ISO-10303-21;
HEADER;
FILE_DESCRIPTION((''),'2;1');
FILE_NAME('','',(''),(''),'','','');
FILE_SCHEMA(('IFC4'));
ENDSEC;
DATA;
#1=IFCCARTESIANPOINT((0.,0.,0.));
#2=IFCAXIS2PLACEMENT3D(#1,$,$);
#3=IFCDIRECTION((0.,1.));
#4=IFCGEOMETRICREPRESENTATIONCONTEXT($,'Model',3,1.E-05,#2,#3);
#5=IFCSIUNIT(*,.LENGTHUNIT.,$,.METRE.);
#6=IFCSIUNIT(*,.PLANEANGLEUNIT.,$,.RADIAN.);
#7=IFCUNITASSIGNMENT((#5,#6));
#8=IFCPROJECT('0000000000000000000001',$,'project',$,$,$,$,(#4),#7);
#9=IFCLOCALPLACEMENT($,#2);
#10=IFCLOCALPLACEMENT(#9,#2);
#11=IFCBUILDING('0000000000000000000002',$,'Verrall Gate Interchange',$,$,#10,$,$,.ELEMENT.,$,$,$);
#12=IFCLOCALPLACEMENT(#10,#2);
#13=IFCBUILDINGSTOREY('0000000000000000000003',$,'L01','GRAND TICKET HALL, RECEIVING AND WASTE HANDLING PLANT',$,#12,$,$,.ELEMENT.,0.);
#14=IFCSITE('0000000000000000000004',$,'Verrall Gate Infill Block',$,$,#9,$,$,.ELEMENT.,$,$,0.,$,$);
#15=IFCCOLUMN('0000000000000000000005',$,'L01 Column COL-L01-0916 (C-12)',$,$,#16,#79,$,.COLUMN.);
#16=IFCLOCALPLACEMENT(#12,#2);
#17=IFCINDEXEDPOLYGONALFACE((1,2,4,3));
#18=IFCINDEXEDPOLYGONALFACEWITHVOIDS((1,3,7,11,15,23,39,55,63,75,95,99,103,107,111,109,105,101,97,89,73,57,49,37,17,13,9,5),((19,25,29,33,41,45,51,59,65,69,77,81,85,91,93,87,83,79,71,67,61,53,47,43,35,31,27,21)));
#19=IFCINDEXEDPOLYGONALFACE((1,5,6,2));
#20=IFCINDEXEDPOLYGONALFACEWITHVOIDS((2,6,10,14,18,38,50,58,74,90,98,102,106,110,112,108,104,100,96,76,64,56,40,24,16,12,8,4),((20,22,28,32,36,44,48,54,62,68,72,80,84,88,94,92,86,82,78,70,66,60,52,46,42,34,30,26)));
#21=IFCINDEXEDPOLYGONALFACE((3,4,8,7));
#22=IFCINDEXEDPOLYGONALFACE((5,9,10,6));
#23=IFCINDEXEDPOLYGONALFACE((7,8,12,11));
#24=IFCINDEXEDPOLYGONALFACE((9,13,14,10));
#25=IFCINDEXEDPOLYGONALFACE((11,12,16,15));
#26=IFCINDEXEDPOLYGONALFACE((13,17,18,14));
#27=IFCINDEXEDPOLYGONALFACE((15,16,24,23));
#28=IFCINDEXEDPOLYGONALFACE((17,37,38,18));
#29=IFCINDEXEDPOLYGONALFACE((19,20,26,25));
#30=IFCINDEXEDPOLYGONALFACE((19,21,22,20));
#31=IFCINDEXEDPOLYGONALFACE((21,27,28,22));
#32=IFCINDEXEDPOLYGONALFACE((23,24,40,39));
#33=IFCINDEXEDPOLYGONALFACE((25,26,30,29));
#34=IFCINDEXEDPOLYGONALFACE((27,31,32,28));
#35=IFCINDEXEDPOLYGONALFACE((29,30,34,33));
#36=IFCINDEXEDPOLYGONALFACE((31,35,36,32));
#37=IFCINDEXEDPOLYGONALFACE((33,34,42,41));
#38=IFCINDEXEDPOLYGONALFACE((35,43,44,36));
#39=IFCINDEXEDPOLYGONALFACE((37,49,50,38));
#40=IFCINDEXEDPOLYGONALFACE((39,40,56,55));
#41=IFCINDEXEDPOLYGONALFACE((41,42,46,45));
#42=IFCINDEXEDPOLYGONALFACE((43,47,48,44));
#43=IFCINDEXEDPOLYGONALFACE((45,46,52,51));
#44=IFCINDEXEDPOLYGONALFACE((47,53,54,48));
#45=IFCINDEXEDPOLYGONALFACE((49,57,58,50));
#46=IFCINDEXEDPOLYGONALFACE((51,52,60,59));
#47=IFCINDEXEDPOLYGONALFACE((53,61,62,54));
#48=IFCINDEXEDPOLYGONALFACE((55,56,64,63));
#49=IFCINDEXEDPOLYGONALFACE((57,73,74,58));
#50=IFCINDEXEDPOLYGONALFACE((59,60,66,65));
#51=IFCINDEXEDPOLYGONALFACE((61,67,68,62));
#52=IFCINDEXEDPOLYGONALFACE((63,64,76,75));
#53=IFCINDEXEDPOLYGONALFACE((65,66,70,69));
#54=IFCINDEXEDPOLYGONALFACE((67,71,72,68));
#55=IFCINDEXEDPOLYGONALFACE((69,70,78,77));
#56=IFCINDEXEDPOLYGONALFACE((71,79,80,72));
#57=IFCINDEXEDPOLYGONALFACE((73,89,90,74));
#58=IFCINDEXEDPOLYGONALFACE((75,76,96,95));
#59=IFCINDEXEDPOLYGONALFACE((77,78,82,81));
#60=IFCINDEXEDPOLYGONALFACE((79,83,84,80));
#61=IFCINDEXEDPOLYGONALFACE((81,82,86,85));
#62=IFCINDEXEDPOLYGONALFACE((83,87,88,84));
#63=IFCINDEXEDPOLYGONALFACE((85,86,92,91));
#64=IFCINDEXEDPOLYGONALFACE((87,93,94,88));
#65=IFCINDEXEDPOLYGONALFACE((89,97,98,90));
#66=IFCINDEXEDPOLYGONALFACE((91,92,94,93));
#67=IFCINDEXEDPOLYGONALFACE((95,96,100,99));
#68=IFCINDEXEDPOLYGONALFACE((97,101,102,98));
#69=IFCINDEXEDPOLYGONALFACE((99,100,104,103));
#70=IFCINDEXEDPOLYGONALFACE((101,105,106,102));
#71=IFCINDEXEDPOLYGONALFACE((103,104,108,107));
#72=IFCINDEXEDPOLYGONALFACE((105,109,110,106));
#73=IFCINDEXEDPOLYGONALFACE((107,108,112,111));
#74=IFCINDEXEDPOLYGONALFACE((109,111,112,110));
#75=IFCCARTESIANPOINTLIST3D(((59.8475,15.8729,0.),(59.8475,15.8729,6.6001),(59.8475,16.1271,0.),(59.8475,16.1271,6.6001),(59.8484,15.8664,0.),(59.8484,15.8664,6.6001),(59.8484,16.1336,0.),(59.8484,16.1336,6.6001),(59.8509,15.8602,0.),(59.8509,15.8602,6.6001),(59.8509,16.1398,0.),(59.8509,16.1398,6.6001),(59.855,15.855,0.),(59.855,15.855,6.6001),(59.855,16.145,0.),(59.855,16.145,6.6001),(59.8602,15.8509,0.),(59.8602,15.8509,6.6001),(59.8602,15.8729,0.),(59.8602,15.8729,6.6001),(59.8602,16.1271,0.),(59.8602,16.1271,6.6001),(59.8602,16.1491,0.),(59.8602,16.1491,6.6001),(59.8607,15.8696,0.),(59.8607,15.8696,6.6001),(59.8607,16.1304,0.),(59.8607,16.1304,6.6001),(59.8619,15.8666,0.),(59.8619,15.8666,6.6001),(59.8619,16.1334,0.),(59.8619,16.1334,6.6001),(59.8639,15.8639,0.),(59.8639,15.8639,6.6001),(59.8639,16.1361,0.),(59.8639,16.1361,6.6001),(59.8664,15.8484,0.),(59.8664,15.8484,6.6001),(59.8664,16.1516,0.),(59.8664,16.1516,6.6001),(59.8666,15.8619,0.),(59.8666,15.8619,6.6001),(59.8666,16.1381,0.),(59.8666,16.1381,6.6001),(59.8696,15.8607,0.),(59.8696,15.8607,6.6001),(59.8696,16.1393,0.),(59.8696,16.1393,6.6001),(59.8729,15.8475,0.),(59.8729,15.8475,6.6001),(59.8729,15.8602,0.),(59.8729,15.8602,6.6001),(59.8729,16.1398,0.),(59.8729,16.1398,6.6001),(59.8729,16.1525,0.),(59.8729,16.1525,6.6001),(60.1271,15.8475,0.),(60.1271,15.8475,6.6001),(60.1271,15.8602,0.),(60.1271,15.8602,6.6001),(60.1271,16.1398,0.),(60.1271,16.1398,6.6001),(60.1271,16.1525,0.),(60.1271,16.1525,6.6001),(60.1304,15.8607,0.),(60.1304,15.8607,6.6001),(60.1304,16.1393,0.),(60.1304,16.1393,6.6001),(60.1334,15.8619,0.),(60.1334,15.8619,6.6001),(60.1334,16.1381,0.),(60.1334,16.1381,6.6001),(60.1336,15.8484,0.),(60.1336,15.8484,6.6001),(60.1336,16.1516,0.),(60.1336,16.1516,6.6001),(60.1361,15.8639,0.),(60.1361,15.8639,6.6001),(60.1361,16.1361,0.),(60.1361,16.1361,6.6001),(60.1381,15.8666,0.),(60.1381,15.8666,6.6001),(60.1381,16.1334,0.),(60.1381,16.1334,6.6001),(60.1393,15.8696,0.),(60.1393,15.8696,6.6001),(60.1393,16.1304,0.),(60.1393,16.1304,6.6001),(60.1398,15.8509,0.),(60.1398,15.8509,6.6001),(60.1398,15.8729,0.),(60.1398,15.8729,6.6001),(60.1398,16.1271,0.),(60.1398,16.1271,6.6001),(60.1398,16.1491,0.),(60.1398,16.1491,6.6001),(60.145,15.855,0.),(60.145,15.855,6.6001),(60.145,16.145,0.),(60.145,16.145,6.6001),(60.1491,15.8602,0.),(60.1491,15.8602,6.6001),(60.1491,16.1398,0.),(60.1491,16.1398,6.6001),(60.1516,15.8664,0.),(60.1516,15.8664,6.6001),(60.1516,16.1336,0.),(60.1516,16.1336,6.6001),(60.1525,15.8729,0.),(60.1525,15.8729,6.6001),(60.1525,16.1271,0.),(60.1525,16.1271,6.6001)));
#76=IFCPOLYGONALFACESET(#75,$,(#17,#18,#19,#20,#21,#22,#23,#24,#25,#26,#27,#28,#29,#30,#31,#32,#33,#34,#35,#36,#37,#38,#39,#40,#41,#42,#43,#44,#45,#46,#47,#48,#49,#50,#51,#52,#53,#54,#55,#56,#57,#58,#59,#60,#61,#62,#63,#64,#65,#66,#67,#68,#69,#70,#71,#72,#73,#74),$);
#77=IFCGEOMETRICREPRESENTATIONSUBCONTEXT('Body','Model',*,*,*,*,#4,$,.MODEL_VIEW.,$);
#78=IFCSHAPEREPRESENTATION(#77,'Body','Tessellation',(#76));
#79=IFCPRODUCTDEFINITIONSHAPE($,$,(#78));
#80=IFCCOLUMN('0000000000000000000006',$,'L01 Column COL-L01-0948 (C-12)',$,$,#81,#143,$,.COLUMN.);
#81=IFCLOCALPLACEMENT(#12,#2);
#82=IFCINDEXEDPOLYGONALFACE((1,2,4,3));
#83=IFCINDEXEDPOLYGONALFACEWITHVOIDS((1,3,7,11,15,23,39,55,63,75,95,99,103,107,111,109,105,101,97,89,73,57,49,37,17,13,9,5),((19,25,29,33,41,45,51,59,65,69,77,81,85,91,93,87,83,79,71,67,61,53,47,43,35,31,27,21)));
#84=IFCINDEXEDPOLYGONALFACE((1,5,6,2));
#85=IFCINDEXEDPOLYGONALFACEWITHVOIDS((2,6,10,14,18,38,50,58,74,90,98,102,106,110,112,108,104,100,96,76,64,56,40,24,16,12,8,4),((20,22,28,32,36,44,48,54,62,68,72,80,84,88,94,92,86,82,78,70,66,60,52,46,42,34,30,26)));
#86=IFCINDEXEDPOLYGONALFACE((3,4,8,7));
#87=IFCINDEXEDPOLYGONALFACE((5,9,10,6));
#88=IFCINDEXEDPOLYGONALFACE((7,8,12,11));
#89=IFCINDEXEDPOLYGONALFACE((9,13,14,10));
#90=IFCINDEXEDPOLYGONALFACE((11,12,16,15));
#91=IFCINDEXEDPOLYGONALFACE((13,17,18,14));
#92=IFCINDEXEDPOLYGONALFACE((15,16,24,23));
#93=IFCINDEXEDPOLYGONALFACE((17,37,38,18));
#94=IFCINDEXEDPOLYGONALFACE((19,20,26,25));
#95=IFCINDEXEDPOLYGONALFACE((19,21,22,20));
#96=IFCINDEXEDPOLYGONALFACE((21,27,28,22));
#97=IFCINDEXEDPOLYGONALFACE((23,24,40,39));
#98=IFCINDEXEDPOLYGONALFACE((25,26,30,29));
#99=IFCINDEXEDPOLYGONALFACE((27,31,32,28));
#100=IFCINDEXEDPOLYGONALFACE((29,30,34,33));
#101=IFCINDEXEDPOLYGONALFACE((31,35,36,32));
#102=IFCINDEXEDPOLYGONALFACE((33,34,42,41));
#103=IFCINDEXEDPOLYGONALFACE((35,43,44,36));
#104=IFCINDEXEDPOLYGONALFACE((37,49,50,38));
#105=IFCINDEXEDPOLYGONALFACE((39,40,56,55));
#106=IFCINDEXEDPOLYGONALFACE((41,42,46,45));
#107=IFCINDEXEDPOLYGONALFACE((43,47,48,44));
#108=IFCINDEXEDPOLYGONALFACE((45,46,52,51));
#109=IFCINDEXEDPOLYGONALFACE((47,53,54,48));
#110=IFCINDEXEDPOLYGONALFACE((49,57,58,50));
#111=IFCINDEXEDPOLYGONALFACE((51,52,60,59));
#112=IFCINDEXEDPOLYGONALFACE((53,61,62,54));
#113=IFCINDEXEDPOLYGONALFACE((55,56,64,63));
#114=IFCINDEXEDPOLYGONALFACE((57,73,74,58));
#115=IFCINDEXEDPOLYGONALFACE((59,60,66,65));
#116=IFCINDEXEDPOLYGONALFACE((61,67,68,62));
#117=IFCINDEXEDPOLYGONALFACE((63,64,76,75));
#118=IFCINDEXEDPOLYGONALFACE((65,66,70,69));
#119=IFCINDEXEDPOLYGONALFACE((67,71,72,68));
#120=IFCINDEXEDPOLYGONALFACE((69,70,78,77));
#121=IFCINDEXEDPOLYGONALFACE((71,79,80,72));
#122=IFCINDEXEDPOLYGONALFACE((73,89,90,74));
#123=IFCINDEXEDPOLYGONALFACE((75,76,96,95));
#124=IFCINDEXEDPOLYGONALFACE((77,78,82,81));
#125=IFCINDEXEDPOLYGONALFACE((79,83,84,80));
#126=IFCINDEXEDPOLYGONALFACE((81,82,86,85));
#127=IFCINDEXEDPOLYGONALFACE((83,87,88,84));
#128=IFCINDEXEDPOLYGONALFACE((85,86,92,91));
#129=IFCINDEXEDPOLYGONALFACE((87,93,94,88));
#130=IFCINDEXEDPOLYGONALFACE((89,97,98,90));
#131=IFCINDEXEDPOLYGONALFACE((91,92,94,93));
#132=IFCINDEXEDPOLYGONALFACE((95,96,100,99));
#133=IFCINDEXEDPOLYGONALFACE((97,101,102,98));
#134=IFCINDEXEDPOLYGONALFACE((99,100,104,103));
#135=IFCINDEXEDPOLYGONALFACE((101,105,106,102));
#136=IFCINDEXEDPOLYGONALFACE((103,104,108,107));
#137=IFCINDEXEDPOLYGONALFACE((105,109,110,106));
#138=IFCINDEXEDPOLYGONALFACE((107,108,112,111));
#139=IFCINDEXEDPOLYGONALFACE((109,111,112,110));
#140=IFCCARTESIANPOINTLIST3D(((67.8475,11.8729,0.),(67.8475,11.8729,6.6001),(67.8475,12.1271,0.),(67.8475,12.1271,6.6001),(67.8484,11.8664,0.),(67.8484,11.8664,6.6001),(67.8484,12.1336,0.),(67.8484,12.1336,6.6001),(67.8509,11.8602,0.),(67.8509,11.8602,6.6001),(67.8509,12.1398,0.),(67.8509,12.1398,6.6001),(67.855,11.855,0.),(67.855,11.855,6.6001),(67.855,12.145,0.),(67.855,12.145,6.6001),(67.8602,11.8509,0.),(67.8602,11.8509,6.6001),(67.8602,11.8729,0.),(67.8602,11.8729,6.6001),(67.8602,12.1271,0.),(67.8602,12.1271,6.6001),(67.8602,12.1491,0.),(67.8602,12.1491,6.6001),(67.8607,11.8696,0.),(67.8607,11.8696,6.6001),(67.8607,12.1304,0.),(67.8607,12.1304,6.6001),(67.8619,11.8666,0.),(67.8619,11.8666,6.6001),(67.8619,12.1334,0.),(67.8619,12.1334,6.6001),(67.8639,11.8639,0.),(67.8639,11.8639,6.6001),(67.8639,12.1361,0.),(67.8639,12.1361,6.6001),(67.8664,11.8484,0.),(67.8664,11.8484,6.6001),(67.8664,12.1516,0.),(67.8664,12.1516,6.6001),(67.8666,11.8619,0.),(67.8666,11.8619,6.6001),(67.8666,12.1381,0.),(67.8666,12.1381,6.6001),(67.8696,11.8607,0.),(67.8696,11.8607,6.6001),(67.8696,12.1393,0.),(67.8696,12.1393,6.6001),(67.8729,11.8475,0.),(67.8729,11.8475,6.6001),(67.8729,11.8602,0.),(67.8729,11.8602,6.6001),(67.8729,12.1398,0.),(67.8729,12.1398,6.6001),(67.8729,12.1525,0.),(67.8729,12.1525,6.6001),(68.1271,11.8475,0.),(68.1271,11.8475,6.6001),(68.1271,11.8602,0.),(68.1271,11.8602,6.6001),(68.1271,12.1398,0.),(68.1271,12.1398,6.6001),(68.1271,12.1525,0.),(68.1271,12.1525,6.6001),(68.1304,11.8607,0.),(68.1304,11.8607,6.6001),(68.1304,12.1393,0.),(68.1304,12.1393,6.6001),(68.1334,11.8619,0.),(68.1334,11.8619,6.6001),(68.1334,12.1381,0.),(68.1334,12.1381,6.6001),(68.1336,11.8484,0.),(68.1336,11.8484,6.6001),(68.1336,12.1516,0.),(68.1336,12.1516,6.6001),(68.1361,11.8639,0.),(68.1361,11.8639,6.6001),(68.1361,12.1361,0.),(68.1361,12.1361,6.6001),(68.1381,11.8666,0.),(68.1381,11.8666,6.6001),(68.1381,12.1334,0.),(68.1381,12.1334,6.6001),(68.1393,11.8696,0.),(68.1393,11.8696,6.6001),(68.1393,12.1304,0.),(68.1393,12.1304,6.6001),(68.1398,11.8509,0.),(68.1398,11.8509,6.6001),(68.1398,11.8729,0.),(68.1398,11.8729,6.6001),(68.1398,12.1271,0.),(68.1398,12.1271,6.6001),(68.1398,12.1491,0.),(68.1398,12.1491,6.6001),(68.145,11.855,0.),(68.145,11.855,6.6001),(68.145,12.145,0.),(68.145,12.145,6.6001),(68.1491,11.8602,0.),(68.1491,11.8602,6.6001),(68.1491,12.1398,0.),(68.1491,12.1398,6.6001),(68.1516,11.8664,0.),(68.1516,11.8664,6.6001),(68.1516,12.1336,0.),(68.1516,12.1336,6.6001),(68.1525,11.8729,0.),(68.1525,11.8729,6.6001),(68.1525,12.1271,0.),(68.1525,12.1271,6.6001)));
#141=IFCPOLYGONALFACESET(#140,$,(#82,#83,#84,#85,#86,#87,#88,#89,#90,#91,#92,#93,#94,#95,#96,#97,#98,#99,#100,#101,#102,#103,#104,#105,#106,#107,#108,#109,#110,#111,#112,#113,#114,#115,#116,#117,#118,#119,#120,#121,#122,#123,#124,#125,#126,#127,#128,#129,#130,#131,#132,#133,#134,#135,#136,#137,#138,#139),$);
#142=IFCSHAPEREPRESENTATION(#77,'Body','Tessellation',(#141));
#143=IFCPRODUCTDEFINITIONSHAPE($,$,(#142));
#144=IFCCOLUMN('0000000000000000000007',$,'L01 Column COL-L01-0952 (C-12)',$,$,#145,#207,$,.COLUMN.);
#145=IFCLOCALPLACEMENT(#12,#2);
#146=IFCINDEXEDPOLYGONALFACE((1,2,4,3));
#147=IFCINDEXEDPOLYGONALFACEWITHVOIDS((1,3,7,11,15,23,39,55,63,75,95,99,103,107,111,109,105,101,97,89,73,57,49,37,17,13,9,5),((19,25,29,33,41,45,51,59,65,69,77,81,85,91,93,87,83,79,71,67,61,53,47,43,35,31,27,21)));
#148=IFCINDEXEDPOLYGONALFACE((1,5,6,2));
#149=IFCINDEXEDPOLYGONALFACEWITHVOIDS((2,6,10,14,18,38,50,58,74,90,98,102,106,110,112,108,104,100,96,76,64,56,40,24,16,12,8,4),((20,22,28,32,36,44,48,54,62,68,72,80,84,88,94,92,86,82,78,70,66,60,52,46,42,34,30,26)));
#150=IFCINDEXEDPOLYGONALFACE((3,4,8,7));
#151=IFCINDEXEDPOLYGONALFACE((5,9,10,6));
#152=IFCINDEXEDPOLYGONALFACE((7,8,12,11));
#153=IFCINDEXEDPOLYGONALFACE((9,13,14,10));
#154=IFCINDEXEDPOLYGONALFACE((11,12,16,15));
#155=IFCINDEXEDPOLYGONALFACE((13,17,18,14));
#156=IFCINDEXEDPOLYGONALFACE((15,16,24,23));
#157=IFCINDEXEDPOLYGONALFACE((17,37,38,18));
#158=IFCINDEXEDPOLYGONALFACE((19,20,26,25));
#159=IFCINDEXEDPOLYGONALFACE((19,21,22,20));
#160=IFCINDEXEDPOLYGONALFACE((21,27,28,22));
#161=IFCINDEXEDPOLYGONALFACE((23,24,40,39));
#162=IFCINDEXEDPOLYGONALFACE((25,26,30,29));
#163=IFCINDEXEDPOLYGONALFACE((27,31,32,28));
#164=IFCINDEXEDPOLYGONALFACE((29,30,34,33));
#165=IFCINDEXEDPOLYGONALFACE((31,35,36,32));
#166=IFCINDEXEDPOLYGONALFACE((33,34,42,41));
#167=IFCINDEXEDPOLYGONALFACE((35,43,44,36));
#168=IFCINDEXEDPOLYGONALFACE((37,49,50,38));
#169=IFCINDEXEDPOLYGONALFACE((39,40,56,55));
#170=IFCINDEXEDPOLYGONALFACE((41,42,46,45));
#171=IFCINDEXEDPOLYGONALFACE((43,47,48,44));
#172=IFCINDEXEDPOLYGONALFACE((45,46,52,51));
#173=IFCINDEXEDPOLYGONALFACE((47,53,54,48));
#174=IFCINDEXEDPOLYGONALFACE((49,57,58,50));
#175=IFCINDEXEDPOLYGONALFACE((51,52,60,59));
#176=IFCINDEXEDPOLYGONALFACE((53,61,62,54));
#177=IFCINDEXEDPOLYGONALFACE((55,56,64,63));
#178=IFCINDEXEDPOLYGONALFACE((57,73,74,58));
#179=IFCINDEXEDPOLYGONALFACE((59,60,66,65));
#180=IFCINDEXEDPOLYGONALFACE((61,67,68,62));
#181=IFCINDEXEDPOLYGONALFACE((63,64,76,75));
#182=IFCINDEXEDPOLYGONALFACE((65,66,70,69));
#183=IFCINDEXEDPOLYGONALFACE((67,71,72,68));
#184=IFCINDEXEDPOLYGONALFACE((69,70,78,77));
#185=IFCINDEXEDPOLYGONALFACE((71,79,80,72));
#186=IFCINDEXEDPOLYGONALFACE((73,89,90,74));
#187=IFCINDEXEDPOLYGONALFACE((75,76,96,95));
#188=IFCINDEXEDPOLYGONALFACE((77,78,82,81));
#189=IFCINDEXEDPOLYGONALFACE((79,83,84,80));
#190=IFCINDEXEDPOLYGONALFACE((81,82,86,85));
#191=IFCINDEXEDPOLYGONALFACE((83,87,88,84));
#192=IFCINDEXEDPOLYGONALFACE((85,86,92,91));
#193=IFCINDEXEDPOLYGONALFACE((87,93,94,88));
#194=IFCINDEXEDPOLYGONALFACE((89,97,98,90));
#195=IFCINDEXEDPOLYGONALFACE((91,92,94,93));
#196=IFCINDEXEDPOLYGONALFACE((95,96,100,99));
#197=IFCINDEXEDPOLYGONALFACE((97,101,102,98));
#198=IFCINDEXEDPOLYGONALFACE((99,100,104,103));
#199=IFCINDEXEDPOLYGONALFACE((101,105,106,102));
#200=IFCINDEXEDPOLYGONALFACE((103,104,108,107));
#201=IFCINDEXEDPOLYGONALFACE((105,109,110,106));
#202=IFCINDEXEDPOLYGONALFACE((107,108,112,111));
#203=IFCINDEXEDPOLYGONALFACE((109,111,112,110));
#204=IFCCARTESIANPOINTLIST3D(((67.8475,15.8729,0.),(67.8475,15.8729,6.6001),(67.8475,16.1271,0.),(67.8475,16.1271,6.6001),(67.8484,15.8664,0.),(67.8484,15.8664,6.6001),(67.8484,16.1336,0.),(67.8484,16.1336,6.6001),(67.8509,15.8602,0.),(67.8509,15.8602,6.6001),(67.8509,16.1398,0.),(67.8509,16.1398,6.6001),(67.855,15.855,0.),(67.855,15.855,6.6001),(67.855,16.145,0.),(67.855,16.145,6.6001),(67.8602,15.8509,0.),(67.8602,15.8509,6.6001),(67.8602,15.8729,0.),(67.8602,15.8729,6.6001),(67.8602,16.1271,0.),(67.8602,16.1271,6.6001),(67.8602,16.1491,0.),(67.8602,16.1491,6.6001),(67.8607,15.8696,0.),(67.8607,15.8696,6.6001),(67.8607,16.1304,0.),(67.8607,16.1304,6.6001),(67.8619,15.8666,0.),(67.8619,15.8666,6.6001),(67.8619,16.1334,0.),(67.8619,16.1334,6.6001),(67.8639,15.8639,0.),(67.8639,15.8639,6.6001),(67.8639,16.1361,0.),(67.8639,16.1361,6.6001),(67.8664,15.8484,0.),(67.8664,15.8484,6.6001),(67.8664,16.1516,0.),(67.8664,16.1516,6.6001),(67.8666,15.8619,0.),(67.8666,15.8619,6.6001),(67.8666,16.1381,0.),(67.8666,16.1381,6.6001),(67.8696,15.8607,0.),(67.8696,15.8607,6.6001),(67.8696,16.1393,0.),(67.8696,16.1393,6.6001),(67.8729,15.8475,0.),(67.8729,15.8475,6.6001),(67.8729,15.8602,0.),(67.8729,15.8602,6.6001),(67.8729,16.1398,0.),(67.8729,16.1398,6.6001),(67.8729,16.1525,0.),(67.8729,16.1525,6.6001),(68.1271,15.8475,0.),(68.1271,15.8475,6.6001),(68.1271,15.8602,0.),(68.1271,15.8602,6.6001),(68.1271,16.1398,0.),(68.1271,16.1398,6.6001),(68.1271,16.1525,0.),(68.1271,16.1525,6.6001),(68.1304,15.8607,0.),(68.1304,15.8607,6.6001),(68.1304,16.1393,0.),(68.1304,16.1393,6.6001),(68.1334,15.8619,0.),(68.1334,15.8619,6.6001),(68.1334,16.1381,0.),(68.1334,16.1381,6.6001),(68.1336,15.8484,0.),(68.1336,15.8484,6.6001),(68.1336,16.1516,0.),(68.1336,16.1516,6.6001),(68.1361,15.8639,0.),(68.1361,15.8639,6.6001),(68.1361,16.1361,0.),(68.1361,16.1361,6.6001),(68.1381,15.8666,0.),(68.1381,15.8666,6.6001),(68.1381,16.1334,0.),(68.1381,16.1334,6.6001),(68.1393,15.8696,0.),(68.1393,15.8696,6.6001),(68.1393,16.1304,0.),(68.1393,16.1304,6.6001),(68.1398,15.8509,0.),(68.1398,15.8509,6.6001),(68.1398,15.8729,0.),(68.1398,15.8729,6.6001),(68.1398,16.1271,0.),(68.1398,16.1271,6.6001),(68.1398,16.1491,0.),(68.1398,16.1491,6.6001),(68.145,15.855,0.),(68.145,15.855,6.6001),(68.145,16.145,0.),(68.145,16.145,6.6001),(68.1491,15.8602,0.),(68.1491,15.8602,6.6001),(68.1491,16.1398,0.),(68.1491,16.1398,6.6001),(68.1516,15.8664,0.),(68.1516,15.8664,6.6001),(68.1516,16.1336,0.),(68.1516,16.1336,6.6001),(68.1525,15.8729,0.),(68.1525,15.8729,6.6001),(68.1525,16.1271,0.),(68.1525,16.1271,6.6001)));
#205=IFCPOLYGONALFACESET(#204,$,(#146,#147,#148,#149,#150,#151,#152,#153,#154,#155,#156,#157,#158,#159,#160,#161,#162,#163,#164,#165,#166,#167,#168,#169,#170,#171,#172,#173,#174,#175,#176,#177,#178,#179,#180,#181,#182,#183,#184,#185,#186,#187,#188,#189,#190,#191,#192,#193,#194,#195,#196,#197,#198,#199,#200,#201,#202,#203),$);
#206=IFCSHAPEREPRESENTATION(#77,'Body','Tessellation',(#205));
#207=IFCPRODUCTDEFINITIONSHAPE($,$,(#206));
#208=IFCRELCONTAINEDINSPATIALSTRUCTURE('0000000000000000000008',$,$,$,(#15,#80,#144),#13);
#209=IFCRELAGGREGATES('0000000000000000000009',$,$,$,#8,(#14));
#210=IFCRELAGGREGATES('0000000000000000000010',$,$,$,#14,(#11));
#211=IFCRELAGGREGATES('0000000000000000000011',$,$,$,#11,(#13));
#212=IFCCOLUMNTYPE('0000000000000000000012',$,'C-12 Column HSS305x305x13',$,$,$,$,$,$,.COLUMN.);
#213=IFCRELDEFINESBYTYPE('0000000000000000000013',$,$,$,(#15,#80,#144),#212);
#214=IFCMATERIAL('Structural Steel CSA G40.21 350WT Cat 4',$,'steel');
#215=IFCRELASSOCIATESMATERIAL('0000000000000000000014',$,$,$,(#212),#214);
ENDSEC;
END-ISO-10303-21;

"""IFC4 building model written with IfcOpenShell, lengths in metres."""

from ifc_helpers import new_model, si_unit, direction, frame, origin, origin_2d, place, context, subcontext, project, spatial, hollow_rectangle, extrude, material, material_profile, profile_set, type_object, element, save


model = new_model("IFC4")

# Units and contexts
model_context = context("Model", 3, precision=1e-05, world=origin(), true_north=direction((0.0, 1.0)))
body_context = subcontext(model_context, "Body", "Model", "MODEL_VIEW")
ifc_project = project(units=[si_unit("LENGTHUNIT", "METRE"), si_unit("PLANEANGLEUNIT", "RADIAN")], contexts=[model_context])

# Site, building, storey
site_placement = place(None, origin())
site = spatial("IfcSite", under=ifc_project, at=site_placement, Name="Verrall Gate Infill Block", CompositionType="ELEMENT", RefElevation=0.0)
building_placement = place(site_placement, origin())
building = spatial("IfcBuilding", under=site, at=building_placement, Name="Verrall Gate Interchange", CompositionType="ELEMENT")
storey_placement = place(building_placement, origin())
storey = spatial("IfcBuildingStorey", under=building, at=storey_placement, Name="L01", Description="GRAND TICKET HALL, RECEIVING AND WASTE HANDLING PLANT", CompositionType="ELEMENT", Elevation=0.0)

# Columns
ifc_material_1 = material(Name="Structural Steel CSA G40.21 350WT Cat 4", Category="steel")
ifc_material_profile_1 = material_profile(ifc_material_1, hollow_rectangle(XDim=0.3049, YDim=0.3049, WallThickness=0.0127, InnerFilletRadius=0.0127, OuterFilletRadius=0.0254, at=origin_2d()), Name="HSS305x305x13")
ifc_profile_set_1 = profile_set([ifc_material_profile_1], Name="Structural Steel CSA G40.21 350WT Cat 4")
column_type = type_object("IfcColumnType", Name="C-12 Column HSS305x305x13", PredefinedType="COLUMN", material=ifc_profile_set_1)
for number, where, z_axis, x_axis, name in (
    (1, (60.0, 16.0, 0.0), (0.0, 0.0, 1.0), (1.0, 0.0, 0.0), "L01 Column COL-L01-0916 (C-12)"),
    (2, (68.0, 12.0, 0.0), (0.0, 0.0, 1.0), (1.0, 0.0, 0.0), "L01 Column COL-L01-0948 (C-12)"),
    (3, (68.0, 16.0, 0.0), (0.0, 0.0, 1.0), (1.0, 0.0, 0.0), "L01 Column COL-L01-0952 (C-12)"),
):
    element("IfcColumn", number, at=place(storey_placement, frame(where, z_axis=z_axis, x_axis=x_axis)), inside=storey, type_object=column_type, Name=name, PredefinedType="COLUMN", context=body_context, shape_type="SweptSolid", body=[
        extrude(hollow_rectangle(XDim=0.3049, YDim=0.3049, WallThickness=0.0127, InnerFilletRadius=0.0127, OuterFilletRadius=0.0254, at=origin_2d()), origin(), (0.0, 0.0, 1.0), 6.6001),
    ])

save(model, "model.ifc")
